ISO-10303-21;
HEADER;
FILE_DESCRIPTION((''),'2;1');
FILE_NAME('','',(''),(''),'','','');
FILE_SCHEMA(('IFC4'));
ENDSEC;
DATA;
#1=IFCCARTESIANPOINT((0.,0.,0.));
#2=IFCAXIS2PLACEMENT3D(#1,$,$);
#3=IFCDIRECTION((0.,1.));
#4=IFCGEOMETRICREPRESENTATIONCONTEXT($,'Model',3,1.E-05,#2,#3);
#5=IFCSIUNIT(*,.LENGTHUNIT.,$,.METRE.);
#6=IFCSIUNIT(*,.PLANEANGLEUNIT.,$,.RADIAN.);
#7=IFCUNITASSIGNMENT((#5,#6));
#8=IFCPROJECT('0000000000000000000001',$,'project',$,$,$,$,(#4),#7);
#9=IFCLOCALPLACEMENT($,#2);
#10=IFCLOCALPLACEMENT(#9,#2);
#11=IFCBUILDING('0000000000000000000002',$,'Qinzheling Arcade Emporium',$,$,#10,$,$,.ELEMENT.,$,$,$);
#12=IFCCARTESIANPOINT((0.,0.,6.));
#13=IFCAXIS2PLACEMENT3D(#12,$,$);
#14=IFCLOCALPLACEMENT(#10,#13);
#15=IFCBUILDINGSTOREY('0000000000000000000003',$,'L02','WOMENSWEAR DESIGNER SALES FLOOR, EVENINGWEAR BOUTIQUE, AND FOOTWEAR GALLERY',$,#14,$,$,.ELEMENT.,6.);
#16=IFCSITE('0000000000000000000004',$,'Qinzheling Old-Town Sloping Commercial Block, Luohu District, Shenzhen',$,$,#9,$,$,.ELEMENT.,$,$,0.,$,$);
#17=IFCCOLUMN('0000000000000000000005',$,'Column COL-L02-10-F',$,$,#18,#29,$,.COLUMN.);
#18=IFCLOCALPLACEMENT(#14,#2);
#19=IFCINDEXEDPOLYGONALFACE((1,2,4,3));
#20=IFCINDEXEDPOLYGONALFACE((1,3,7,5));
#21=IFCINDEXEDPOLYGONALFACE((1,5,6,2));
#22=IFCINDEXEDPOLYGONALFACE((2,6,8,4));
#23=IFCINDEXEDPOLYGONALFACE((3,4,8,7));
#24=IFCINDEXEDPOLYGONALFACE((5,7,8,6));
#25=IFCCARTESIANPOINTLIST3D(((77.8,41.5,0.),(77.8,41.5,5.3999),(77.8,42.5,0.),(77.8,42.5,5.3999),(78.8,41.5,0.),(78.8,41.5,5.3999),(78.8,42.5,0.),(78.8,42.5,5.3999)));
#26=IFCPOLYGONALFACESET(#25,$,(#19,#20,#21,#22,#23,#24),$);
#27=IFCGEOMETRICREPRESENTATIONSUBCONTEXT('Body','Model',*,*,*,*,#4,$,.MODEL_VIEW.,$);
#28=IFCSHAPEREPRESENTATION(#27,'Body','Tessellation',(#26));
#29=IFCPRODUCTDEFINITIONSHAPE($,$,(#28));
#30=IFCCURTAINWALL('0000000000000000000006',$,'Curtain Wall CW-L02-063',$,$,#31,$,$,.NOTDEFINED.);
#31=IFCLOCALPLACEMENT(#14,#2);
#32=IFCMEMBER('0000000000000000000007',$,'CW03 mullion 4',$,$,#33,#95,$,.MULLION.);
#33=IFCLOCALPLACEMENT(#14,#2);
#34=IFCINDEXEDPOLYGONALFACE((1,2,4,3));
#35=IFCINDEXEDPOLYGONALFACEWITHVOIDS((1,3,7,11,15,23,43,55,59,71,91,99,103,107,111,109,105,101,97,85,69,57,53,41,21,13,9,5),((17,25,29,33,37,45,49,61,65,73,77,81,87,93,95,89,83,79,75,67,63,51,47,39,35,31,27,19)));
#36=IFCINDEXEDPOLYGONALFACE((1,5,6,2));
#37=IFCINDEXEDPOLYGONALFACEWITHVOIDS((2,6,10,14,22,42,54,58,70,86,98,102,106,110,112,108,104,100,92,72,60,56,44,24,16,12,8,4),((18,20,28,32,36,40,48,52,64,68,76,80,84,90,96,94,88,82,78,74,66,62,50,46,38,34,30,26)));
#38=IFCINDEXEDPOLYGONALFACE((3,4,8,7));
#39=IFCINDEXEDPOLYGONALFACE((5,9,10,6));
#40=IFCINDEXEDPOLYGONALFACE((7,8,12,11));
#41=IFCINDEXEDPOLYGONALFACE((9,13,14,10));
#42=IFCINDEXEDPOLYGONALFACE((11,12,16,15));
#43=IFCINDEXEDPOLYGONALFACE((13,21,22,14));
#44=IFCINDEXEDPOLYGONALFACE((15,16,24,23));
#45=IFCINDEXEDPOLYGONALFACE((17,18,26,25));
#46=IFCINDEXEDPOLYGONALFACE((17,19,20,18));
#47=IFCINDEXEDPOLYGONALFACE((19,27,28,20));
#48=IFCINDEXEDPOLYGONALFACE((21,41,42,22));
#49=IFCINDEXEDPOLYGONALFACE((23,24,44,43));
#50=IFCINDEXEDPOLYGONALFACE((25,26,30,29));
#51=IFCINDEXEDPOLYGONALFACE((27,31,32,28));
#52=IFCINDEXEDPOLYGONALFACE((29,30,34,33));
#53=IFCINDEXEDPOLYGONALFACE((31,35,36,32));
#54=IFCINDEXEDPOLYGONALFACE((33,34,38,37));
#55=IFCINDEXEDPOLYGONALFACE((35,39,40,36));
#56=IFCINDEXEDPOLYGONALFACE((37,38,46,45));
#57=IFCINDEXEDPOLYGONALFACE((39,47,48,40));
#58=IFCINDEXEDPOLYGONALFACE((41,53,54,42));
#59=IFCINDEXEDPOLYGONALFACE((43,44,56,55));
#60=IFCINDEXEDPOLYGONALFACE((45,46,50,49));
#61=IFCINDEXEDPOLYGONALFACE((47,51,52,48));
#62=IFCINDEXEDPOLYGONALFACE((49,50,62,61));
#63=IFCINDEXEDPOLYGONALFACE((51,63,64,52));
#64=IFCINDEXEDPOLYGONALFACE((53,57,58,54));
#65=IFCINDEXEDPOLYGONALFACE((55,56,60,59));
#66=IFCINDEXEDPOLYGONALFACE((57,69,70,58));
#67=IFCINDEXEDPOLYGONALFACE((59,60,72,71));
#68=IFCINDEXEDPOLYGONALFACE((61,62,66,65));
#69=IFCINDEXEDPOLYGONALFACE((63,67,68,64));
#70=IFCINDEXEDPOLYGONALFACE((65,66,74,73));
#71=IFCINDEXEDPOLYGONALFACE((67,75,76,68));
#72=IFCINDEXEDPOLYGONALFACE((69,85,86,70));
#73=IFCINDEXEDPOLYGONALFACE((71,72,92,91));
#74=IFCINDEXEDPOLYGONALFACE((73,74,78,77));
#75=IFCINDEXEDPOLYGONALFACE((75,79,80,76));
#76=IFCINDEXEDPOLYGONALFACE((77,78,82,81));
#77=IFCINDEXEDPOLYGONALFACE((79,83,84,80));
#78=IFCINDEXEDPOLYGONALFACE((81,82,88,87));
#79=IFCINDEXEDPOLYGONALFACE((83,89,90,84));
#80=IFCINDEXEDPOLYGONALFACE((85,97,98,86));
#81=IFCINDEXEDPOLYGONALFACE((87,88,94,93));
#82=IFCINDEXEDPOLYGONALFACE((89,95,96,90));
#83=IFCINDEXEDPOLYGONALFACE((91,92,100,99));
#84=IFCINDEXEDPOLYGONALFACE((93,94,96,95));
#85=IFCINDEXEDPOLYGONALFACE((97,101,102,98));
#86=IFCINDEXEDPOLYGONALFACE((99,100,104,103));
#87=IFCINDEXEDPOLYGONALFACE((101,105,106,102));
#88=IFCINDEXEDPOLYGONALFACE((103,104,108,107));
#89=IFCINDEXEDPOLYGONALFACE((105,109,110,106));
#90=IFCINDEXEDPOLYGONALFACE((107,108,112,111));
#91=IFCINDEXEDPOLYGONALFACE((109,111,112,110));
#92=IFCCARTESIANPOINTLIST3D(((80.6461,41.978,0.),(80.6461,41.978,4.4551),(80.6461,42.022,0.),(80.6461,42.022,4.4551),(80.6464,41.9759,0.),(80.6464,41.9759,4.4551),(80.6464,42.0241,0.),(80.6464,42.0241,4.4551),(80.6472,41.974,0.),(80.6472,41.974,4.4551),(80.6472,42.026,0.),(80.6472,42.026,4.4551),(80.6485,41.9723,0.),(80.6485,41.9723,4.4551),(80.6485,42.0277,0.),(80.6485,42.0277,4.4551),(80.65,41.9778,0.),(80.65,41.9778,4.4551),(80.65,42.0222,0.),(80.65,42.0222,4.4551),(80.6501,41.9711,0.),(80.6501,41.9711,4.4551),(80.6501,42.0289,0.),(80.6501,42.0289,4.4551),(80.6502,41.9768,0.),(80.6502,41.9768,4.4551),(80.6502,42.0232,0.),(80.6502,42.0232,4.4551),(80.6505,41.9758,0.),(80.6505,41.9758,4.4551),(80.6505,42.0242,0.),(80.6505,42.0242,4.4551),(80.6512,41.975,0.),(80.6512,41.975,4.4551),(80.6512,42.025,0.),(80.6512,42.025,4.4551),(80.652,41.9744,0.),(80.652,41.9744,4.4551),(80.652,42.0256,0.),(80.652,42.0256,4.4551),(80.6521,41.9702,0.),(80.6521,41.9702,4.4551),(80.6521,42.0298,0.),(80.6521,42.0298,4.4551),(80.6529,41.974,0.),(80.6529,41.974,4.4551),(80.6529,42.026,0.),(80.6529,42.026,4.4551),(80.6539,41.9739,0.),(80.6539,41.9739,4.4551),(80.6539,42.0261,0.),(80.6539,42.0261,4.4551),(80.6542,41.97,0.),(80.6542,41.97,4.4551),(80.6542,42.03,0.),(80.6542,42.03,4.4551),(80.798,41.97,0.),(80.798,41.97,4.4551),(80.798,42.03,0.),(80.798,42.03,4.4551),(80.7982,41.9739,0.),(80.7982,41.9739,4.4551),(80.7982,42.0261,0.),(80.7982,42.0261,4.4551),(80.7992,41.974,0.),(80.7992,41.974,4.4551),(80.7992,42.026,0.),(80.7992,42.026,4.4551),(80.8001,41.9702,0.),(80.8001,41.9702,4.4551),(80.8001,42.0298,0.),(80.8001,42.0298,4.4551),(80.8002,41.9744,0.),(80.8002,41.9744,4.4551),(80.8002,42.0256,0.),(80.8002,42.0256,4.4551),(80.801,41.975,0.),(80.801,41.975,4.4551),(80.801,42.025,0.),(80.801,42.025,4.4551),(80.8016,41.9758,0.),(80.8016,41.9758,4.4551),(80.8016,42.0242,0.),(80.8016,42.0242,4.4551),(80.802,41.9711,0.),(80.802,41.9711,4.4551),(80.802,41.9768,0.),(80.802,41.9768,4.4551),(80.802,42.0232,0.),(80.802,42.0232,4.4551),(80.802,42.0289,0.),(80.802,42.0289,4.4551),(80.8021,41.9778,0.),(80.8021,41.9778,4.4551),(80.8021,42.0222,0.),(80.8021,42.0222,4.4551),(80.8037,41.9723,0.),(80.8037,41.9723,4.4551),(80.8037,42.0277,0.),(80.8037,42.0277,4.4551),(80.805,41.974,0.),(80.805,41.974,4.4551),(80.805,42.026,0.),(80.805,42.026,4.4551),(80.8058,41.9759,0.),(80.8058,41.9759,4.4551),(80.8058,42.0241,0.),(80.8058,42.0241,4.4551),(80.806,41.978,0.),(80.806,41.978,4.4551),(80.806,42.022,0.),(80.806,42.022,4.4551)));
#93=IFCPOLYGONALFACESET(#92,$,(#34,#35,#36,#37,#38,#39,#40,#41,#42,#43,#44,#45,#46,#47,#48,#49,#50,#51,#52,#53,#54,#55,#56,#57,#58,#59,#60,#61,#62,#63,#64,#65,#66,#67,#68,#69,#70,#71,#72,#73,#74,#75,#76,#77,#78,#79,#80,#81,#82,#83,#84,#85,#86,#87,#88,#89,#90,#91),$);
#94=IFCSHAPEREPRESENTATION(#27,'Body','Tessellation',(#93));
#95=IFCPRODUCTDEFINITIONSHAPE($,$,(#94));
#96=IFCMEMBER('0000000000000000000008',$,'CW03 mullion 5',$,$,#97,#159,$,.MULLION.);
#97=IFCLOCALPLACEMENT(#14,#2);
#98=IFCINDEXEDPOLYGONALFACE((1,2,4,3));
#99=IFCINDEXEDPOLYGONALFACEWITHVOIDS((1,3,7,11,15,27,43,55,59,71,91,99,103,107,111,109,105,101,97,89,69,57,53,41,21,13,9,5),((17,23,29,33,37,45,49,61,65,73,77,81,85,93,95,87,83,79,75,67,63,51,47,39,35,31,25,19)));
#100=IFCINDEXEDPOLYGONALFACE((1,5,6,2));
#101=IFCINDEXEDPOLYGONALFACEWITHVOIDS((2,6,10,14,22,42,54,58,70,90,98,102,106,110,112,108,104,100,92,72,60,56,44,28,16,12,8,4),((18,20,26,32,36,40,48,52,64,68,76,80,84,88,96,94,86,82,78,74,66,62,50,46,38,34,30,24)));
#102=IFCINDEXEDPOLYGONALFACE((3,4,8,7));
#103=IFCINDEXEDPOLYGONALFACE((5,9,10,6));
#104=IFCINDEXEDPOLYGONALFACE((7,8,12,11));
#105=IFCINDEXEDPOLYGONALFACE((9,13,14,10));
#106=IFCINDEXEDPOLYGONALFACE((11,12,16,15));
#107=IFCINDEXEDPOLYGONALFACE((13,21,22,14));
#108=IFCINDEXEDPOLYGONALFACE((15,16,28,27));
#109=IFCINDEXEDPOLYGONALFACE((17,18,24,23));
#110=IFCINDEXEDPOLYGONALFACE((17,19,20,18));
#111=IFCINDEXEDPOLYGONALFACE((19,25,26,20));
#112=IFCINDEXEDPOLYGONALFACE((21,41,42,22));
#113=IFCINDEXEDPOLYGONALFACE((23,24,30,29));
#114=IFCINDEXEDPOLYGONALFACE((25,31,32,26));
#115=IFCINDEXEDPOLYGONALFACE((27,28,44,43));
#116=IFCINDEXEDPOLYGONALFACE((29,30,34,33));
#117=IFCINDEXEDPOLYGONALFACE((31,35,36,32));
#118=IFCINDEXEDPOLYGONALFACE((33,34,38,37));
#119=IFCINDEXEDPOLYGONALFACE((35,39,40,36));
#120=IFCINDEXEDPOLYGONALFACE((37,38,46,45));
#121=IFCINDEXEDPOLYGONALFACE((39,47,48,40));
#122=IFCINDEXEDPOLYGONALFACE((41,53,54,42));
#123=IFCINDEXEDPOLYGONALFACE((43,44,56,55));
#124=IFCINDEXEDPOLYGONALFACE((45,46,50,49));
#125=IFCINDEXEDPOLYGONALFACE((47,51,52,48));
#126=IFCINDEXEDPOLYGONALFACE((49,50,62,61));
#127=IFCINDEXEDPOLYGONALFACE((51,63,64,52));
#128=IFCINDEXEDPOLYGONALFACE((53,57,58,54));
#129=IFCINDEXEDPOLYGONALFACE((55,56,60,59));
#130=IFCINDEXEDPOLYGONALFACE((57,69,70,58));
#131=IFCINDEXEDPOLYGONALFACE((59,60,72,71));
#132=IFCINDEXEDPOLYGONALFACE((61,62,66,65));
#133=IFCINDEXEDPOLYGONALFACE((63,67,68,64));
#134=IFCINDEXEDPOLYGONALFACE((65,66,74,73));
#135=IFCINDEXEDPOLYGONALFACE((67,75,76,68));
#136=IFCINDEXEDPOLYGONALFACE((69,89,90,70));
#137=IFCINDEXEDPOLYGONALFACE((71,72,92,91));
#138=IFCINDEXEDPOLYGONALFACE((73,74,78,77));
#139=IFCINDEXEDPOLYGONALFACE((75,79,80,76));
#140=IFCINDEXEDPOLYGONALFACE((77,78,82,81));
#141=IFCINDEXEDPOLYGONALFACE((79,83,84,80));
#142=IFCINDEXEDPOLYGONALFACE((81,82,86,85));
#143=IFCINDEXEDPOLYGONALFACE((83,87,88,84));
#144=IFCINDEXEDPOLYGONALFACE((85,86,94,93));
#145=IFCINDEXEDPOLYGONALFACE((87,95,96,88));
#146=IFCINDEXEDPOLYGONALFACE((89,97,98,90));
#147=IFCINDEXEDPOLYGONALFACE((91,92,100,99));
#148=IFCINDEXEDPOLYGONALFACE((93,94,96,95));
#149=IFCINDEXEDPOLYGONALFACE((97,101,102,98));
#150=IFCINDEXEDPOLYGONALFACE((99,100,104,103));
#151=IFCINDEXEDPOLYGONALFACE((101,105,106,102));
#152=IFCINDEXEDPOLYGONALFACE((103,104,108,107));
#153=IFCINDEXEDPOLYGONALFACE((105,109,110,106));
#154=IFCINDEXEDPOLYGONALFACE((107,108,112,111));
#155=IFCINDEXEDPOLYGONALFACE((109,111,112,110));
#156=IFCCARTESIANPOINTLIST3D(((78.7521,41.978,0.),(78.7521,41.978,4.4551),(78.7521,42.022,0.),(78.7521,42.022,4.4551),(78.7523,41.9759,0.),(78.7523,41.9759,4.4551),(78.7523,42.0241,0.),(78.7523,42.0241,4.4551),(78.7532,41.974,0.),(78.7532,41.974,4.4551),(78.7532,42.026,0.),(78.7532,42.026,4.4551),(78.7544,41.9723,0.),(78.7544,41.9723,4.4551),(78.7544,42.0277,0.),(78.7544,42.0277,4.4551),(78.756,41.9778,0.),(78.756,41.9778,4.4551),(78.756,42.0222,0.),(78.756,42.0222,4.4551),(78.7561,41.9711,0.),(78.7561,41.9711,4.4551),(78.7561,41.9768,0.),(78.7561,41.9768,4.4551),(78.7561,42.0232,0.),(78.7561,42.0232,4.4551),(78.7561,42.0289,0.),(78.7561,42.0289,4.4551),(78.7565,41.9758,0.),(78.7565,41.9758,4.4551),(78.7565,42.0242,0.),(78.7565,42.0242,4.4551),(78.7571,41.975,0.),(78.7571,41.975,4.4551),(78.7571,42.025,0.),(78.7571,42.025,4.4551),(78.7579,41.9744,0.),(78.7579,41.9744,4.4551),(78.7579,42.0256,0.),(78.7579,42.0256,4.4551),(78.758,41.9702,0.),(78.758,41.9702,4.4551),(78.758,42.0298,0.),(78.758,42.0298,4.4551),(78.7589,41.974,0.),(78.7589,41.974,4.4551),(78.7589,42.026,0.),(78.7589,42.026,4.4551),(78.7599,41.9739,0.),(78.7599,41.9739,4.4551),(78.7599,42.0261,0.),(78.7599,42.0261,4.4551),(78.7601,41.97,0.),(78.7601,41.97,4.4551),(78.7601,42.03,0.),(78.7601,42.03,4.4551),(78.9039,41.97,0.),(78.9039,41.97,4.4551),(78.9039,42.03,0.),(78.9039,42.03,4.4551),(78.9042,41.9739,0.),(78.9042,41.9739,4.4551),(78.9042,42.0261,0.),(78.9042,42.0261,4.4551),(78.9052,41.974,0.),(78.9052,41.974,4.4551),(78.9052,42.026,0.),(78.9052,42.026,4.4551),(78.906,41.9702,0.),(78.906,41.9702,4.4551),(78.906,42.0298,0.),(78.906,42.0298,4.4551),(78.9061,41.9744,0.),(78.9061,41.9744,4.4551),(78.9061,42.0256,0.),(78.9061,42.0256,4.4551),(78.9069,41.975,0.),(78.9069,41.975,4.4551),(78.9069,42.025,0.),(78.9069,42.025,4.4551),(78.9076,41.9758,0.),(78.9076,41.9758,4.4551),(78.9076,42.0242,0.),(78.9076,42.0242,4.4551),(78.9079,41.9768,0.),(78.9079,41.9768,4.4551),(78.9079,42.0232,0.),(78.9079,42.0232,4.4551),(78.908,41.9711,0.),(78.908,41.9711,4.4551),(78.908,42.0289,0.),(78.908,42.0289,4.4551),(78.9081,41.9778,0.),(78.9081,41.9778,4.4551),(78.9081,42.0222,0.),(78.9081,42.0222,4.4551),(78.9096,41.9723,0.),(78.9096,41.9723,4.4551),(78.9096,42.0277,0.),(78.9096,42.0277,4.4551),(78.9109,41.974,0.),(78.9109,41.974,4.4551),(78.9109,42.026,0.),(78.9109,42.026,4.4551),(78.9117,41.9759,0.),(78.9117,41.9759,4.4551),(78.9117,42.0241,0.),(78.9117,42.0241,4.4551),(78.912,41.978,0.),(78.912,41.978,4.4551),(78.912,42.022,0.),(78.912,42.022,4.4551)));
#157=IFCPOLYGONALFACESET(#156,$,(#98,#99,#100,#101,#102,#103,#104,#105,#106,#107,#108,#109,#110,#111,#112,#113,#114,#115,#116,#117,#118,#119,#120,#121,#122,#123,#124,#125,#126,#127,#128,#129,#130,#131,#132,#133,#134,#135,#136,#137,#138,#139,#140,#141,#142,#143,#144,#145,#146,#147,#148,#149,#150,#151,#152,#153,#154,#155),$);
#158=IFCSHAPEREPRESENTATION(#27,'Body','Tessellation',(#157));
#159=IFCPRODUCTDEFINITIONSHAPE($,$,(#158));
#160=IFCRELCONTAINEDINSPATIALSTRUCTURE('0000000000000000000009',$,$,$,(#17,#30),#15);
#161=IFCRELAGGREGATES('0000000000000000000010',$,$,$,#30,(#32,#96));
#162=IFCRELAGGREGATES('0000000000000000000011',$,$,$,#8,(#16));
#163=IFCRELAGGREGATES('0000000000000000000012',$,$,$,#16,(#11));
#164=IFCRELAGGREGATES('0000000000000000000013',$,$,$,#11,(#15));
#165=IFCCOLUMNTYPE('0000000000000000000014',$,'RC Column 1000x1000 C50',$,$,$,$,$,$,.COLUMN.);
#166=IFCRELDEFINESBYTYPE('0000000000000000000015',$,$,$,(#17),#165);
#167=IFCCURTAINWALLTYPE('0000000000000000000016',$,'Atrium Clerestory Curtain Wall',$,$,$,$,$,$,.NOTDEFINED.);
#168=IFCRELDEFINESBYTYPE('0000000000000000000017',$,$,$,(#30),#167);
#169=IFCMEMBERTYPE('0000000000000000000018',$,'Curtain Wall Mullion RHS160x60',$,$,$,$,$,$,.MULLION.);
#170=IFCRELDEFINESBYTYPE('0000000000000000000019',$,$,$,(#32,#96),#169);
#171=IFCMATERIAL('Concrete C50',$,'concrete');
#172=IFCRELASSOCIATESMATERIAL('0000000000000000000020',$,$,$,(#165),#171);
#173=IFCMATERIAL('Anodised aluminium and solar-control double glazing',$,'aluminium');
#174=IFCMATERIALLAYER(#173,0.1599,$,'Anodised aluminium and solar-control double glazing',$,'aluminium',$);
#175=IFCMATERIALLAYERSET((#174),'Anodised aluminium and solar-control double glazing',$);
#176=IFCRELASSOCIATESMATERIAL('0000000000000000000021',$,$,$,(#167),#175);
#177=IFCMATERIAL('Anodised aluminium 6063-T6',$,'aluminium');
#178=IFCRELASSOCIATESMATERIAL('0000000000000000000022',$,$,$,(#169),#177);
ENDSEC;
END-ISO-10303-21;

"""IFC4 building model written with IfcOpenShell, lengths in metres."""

from ifc_helpers import new_model, si_unit, direction, frame, origin, origin_2d, place, context, subcontext, project, spatial, rectangle, hollow_rectangle, extrude, material, layer, layer_set, material_profile, profile_set, type_object, element, aggregate, save


model = new_model("IFC4")

# Units and contexts
model_context = context("Model", 3, precision=1e-05, world=origin(), true_north=direction((0.0, 1.0)))
body_context = subcontext(model_context, "Body", "Model", "MODEL_VIEW")
ifc_project = project(units=[si_unit("LENGTHUNIT", "METRE"), si_unit("PLANEANGLEUNIT", "RADIAN")], contexts=[model_context])

# Site, building, storey
site_placement = place(None, origin())
site = spatial("IfcSite", under=ifc_project, at=site_placement, Name="Qinzheling Old-Town Sloping Commercial Block, Luohu District, Shenzhen", CompositionType="ELEMENT", RefElevation=0.0)
building_placement = place(site_placement, origin())
building = spatial("IfcBuilding", under=site, at=building_placement, Name="Qinzheling Arcade Emporium", CompositionType="ELEMENT")
storey_placement = place(building_placement, frame((0.0, 0.0, 6.0)))
storey = spatial("IfcBuildingStorey", under=building, at=storey_placement, Name="L02", Description="WOMENSWEAR DESIGNER SALES FLOOR, EVENINGWEAR BOUTIQUE, AND FOOTWEAR GALLERY", CompositionType="ELEMENT", Elevation=6.0)

# Column
ifc_material_1 = material(Name="Concrete C50", Category="concrete")
ifc_material_profile_1 = material_profile(ifc_material_1, rectangle(XDim=1.0, YDim=1.0, at=origin_2d()), Name="RC 1000x1000", Category="concrete")
ifc_profile_set_1 = profile_set([ifc_material_profile_1], Name="Concrete C50")
column_type = type_object("IfcColumnType", Name="RC Column 1000x1000 C50", PredefinedType="COLUMN", material=ifc_profile_set_1)
column_placement = place(storey_placement, frame((78.3, 42.0, 0.0), z_axis=(0.0, 0.0, 1.0), x_axis=(1.0, 0.0, 0.0)))
element("IfcColumn", 1, at=column_placement, inside=storey, type_object=column_type, Name="Column COL-L02-10-F", PredefinedType="COLUMN", context=body_context, shape_type="SweptSolid", body=[
    extrude(rectangle(XDim=1.0, YDim=1.0, at=origin_2d()), origin(), (0.0, 0.0, 1.0), 5.3999),
])

# Curtain wall, members
ifc_material_2 = material(Name="Anodised aluminium and solar-control double glazing", Category="aluminium")
ifc_layer_1 = layer(ifc_material_2, 0.1599, Name="Anodised aluminium and solar-control double glazing", Category="aluminium")
ifc_layer_set_1 = layer_set([ifc_layer_1], Name="Anodised aluminium and solar-control double glazing")
curtain_wall_type = type_object("IfcCurtainWallType", Name="Atrium Clerestory Curtain Wall", PredefinedType="NOTDEFINED", material=ifc_layer_set_1)
curtain_wall_1_placement = place(storey_placement, origin())
curtain_wall_1 = element("IfcCurtainWall", 2, at=curtain_wall_1_placement, inside=storey, type_object=curtain_wall_type, Name="Curtain Wall CW-L02-063", PredefinedType="NOTDEFINED")
ifc_material_3 = material(Name="Anodised aluminium 6063-T6", Category="aluminium")
ifc_material_profile_2 = material_profile(ifc_material_3, hollow_rectangle(XDim=0.0601, YDim=0.1599, WallThickness=0.0039, InnerFilletRadius=0.0039, OuterFilletRadius=0.0081, at=origin_2d()), Name="RHS 160x60x4", Category="aluminium")
ifc_profile_set_2 = profile_set([ifc_material_profile_2], Name="Anodised aluminium 6063-T6")
member_type_1 = type_object("IfcMemberType", Name="Curtain Wall Mullion RHS160x60", PredefinedType="MULLION", material=ifc_profile_set_2)
member_1_placement = place(storey_placement, frame((80.7261, 42.0, 0.0), z_axis=(0.0, 0.0, 1.0), x_axis=(0.0, -1.0, 0.0)))
member_1 = element("IfcMember", 3, at=member_1_placement, type_object=member_type_1, Name="CW03 mullion 4", PredefinedType="MULLION", context=body_context, shape_type="SweptSolid", body=[
    extrude(hollow_rectangle(XDim=0.0601, YDim=0.1599, WallThickness=0.0039, InnerFilletRadius=0.0039, OuterFilletRadius=0.0081, at=origin_2d()), origin(), (0.0, 0.0, 1.0), 4.4551),
])
member_2_placement = place(storey_placement, frame((78.832, 42.0, 0.0), z_axis=(0.0, 0.0, 1.0), x_axis=(0.0, -1.0, 0.0)))
member_2 = element("IfcMember", 4, at=member_2_placement, type_object=member_type_1, Name="CW03 mullion 5", PredefinedType="MULLION", context=body_context, shape_type="SweptSolid", body=[
    extrude(hollow_rectangle(XDim=0.0601, YDim=0.1599, WallThickness=0.0039, InnerFilletRadius=0.0039, OuterFilletRadius=0.0081, at=origin_2d()), origin(), (0.0, 0.0, 1.0), 4.4551),
])

aggregate(curtain_wall_1, [member_1, member_2])

save(model, "model.ifc")
